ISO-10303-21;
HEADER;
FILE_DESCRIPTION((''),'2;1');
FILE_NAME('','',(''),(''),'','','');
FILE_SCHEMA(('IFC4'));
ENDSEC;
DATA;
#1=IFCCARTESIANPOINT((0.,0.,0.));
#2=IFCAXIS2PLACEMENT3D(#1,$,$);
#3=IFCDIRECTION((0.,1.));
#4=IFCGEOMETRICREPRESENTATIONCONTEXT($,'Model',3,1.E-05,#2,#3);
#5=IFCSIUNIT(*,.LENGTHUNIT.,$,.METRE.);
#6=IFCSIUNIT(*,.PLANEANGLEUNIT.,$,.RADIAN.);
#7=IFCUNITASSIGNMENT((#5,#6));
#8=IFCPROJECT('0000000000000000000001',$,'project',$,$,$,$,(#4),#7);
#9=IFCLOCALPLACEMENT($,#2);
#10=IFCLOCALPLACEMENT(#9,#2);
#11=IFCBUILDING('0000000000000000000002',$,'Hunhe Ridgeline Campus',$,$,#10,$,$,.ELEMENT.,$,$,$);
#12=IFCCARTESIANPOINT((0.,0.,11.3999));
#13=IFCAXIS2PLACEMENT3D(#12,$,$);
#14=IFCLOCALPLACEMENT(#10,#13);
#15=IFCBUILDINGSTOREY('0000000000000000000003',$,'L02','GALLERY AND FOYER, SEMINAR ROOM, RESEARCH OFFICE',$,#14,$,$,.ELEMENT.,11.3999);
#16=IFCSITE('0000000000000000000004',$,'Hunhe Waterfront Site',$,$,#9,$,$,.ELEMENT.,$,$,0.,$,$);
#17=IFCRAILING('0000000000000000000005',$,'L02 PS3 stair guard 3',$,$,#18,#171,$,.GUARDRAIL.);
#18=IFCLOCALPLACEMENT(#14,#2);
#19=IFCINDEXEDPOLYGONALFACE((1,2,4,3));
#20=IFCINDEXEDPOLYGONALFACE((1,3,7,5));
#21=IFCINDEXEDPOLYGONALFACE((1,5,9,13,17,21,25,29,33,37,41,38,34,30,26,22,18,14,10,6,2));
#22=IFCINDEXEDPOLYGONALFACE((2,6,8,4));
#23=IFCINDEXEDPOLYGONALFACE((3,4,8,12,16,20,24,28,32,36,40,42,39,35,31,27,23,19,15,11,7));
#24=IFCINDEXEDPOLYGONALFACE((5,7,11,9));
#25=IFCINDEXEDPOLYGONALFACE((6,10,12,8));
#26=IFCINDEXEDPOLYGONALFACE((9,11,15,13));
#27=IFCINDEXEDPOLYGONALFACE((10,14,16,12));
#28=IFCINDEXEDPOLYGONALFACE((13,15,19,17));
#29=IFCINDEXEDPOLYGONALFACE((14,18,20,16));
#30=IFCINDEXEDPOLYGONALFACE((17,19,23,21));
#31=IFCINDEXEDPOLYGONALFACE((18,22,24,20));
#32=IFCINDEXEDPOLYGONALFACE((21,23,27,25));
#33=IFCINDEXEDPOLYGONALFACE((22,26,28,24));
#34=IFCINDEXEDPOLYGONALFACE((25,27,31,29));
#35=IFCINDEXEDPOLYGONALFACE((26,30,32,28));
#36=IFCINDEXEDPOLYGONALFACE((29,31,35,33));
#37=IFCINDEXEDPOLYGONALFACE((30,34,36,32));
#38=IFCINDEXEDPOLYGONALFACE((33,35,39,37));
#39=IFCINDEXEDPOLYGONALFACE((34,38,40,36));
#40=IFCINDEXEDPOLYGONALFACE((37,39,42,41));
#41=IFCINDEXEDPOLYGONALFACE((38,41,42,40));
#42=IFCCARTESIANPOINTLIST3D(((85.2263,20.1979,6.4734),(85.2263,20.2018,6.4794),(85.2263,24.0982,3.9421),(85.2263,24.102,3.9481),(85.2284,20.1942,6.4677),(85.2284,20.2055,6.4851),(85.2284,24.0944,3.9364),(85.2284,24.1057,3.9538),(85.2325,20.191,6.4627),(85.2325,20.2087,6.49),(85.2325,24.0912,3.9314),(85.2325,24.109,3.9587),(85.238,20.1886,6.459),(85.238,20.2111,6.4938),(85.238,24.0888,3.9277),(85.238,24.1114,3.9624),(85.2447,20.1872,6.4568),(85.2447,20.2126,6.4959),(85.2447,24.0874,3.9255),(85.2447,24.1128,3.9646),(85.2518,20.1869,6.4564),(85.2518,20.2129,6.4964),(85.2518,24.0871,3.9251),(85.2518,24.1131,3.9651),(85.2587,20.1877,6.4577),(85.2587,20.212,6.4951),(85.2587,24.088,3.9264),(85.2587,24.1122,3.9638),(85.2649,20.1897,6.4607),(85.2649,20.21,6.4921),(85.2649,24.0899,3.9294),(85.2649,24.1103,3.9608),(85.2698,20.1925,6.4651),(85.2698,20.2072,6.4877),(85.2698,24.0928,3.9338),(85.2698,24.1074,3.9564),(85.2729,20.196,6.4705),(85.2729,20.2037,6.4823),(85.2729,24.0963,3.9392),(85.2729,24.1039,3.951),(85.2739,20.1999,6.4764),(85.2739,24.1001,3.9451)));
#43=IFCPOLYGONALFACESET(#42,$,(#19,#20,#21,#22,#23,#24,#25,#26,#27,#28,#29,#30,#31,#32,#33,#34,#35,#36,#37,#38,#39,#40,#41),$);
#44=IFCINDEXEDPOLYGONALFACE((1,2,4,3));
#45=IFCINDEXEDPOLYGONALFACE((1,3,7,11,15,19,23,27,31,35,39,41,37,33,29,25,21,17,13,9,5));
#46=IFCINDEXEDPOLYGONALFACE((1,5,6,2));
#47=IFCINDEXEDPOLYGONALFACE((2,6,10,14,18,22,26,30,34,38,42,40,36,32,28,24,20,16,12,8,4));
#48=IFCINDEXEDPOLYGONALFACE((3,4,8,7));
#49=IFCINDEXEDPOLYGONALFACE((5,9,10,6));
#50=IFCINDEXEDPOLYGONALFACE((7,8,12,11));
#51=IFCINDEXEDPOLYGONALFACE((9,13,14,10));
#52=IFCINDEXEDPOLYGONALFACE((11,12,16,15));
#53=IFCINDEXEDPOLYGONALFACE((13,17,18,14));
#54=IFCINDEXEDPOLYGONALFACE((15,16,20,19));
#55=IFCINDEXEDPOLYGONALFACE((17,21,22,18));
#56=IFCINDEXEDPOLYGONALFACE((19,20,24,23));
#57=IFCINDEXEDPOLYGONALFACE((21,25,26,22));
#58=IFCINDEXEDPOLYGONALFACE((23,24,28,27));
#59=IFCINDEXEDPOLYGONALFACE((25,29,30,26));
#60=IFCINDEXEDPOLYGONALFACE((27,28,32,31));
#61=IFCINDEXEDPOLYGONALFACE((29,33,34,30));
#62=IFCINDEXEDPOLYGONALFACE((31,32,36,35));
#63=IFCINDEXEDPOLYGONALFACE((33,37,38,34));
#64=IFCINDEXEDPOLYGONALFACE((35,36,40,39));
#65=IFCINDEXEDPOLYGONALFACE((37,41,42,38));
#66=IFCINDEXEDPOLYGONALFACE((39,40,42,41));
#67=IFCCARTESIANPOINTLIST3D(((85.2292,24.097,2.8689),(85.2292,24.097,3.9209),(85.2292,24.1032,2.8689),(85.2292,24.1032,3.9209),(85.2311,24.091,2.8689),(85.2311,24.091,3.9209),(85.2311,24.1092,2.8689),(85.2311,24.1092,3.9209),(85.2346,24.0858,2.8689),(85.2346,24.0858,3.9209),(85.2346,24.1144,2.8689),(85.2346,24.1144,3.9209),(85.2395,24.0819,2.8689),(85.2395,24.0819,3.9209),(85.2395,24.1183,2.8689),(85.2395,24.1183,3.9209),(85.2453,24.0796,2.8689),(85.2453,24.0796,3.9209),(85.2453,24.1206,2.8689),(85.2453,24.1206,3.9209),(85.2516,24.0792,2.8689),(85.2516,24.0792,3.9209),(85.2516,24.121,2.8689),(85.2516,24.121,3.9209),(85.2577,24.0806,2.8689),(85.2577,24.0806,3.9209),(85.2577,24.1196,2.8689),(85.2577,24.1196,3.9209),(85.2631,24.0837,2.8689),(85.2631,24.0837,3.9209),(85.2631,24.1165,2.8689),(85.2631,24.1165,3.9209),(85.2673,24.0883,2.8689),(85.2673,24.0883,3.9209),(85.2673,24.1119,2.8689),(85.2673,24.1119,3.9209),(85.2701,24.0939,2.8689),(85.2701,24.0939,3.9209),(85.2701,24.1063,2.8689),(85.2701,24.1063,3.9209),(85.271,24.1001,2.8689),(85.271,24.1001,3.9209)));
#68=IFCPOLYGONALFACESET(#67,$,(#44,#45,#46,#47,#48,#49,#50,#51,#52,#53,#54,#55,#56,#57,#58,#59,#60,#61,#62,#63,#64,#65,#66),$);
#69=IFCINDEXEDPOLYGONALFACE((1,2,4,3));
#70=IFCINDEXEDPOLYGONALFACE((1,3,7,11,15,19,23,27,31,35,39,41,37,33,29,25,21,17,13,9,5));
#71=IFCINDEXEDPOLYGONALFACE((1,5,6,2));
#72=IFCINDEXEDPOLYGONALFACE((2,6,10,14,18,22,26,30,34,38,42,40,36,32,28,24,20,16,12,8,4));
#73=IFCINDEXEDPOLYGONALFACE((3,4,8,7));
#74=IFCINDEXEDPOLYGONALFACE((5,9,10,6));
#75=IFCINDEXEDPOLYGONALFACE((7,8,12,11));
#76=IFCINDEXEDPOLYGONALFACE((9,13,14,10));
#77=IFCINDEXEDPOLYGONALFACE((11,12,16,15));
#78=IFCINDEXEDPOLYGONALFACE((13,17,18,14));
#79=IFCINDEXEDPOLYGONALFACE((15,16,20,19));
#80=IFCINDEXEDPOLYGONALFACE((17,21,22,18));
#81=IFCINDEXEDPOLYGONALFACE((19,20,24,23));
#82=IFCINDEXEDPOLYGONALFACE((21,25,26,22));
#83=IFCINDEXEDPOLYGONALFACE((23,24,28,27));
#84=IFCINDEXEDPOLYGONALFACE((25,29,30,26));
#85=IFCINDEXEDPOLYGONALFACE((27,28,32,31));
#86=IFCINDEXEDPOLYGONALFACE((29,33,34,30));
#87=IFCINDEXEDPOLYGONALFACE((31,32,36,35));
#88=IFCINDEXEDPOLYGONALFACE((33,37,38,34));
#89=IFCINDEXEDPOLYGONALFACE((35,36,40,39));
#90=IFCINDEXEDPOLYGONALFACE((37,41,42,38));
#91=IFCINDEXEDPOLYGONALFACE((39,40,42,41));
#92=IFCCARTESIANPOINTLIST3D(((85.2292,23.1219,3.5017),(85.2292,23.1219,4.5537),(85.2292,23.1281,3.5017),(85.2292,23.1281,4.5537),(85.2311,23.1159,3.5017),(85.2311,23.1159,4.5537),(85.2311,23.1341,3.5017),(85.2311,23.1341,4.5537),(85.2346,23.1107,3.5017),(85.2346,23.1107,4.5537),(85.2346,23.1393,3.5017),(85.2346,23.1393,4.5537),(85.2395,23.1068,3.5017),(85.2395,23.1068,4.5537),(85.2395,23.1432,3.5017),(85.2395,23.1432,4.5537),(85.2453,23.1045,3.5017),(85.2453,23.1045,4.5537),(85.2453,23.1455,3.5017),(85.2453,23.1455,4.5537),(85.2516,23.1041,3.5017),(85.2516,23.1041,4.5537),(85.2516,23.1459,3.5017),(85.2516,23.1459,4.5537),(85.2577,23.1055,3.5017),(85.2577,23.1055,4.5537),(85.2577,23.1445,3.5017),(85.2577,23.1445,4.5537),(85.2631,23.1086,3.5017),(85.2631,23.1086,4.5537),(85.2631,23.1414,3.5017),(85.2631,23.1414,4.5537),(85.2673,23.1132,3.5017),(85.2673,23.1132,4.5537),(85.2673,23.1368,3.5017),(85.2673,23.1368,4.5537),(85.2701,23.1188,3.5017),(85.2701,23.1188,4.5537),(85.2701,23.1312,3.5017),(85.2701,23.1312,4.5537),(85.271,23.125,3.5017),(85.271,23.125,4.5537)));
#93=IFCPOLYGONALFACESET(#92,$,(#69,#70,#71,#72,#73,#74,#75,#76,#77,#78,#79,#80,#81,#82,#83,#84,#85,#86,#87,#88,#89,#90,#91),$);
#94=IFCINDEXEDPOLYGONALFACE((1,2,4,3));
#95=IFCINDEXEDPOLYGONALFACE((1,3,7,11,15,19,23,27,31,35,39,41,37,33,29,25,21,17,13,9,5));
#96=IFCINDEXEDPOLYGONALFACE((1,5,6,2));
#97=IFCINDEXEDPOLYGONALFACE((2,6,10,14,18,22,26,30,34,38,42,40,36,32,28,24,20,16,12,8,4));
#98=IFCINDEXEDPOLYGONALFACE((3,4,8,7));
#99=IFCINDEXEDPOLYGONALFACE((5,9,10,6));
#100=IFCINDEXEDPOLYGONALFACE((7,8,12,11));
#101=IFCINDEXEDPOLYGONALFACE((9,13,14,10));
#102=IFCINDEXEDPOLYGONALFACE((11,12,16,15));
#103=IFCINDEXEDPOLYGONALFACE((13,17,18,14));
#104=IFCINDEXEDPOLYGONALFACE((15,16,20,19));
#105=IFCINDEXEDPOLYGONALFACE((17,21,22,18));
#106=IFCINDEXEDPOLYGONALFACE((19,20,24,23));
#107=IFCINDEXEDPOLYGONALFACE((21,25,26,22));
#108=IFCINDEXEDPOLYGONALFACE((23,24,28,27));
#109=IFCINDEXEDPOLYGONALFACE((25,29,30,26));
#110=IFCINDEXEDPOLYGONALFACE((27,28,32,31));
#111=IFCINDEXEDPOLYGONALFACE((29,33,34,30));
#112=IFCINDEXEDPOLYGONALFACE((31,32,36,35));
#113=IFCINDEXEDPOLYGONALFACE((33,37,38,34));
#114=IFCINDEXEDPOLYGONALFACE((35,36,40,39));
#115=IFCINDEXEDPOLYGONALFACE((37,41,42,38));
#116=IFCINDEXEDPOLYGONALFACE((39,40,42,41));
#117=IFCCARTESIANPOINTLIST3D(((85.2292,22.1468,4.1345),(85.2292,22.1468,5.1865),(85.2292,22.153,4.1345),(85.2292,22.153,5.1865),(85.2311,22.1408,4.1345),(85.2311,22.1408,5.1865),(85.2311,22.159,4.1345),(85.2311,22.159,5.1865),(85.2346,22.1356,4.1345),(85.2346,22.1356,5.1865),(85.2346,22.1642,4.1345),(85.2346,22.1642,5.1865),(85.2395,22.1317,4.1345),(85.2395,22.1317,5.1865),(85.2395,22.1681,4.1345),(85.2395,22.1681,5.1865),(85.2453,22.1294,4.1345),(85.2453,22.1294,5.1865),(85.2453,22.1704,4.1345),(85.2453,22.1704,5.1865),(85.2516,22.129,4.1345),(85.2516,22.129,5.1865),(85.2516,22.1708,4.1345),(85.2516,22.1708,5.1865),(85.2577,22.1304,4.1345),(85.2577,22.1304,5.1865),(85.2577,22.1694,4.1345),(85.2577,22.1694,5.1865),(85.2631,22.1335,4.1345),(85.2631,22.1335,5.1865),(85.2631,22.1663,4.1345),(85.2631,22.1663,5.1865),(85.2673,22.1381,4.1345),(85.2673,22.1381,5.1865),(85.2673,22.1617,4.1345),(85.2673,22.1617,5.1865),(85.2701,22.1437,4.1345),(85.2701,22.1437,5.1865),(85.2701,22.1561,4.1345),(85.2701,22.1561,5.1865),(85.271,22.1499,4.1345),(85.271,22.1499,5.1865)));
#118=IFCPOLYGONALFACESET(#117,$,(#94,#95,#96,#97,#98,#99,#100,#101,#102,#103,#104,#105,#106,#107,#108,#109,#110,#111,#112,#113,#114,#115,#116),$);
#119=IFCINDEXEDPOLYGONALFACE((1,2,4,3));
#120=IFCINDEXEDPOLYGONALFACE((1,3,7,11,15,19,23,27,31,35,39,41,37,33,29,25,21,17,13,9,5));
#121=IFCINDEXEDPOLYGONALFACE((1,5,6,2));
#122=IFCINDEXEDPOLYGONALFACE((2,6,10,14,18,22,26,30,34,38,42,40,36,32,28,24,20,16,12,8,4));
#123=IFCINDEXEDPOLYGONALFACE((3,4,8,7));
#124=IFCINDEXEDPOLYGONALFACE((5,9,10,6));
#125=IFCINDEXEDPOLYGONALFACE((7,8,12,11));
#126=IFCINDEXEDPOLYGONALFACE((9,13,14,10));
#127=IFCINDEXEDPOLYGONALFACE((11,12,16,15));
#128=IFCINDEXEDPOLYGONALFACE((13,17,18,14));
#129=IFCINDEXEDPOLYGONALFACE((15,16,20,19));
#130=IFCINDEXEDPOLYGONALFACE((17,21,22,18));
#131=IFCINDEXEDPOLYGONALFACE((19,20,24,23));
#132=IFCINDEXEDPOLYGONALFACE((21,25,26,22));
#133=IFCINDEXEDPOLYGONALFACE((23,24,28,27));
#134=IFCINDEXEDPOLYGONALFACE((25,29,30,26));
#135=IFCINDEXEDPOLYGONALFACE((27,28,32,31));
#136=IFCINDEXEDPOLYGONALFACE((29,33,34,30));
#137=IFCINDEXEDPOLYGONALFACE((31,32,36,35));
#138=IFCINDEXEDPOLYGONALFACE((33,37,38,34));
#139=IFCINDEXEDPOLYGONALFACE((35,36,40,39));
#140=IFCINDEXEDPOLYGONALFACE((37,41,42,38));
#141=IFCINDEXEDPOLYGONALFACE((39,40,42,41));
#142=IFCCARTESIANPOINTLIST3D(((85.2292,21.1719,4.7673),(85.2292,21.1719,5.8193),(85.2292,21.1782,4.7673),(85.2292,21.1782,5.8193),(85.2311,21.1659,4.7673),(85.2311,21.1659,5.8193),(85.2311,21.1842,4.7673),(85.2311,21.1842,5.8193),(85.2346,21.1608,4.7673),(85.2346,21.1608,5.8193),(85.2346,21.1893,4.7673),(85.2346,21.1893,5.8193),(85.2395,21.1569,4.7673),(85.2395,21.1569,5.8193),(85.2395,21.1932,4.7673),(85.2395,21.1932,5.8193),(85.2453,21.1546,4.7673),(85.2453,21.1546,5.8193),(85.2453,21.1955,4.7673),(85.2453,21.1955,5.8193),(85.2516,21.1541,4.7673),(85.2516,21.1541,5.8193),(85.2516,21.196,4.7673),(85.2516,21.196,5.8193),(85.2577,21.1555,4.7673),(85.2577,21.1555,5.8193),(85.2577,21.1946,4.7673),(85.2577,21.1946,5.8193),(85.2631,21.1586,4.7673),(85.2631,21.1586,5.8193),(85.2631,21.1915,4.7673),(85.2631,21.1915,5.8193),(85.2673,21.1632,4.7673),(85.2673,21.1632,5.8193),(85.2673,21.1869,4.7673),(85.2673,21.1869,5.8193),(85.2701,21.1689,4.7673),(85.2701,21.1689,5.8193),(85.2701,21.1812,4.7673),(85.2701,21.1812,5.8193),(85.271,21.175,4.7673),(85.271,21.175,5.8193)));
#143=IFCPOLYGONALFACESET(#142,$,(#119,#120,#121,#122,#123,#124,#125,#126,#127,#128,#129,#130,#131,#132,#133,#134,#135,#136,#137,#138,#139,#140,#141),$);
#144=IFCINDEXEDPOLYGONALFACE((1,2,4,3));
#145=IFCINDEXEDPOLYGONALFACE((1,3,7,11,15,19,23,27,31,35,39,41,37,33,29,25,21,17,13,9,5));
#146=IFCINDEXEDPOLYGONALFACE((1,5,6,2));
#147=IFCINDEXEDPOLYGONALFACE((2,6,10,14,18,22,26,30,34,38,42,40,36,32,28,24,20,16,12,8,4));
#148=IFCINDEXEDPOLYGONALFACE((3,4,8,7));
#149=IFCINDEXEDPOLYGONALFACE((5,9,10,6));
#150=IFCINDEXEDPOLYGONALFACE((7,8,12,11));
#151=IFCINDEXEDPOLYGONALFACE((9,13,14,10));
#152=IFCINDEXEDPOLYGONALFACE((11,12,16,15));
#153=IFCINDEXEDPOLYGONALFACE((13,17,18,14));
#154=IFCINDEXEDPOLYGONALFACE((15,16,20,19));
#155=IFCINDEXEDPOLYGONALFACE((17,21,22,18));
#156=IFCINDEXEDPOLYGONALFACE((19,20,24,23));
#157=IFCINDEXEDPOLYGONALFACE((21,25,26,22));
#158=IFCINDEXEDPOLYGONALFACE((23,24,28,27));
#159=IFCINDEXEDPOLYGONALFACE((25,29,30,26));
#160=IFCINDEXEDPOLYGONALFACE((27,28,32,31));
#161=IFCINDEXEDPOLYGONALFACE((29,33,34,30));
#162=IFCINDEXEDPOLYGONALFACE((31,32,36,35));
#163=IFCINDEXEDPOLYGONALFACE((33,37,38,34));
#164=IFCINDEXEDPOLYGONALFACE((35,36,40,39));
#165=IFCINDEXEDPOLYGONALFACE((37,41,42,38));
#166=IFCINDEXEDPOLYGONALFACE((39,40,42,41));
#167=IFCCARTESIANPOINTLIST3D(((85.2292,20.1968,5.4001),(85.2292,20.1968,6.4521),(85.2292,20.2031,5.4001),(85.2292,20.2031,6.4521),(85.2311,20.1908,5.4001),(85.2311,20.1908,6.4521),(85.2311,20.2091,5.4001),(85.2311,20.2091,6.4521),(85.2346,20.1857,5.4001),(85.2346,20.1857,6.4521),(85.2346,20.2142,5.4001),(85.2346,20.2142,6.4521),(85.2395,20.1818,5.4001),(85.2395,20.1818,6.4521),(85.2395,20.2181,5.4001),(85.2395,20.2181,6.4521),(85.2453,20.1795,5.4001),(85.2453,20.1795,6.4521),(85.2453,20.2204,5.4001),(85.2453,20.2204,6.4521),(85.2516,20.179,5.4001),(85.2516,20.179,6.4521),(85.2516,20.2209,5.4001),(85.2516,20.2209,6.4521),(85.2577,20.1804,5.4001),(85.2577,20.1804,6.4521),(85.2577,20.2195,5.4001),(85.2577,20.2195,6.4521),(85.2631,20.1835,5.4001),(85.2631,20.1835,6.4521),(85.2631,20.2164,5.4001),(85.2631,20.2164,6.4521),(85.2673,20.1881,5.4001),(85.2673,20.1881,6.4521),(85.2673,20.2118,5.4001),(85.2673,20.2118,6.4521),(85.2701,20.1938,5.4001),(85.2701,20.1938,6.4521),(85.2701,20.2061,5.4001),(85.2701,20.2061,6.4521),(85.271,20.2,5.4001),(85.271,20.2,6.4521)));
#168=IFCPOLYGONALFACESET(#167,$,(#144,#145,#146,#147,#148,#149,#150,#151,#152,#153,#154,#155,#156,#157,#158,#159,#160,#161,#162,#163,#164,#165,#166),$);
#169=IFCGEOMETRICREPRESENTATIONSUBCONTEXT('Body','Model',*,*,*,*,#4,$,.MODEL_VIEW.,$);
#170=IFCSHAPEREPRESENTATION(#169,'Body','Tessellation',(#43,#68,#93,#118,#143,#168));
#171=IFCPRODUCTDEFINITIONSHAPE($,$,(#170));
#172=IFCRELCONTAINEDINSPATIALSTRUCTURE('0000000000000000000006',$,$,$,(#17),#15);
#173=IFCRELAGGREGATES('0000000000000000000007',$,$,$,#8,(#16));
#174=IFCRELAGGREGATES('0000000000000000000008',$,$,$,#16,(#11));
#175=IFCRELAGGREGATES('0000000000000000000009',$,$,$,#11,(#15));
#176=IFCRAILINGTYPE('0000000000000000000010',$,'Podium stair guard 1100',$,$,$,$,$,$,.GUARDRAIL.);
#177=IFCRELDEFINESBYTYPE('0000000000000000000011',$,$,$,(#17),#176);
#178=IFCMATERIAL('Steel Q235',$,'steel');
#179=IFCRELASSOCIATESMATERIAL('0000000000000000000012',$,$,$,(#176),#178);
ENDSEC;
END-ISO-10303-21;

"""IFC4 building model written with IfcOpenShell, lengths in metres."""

from ifc_helpers import new_model, si_unit, direction, frame, origin, origin_2d, place, context, subcontext, project, spatial, circle, extrude, material, type_object, element, save


model = new_model("IFC4")

# Units and contexts
model_context = context("Model", 3, precision=1e-05, world=origin(), true_north=direction((0.0, 1.0)))
body_context = subcontext(model_context, "Body", "Model", "MODEL_VIEW")
ifc_project = project(units=[si_unit("LENGTHUNIT", "METRE"), si_unit("PLANEANGLEUNIT", "RADIAN")], contexts=[model_context])

# Site, building, storey
site_placement = place(None, origin())
site = spatial("IfcSite", under=ifc_project, at=site_placement, Name="Hunhe Waterfront Site", CompositionType="ELEMENT", RefElevation=0.0)
building_placement = place(site_placement, origin())
building = spatial("IfcBuilding", under=site, at=building_placement, Name="Hunhe Ridgeline Campus", CompositionType="ELEMENT")
storey_placement = place(building_placement, frame((0.0, 0.0, 11.3999)))
storey = spatial("IfcBuildingStorey", under=building, at=storey_placement, Name="L02", Description="GALLERY AND FOYER, SEMINAR ROOM, RESEARCH OFFICE", CompositionType="ELEMENT", Elevation=11.3999)

# Shared definitions
ifc_material_1 = material(Name="Steel Q235", Category="steel")

# Railing
railing_type = type_object("IfcRailingType", Name="Podium stair guard 1100", PredefinedType="GUARDRAIL", material=ifc_material_1)
railing_1_placement = place(storey_placement, frame((85.25, 24.1001, 2.8689)))
element("IfcRailing", 1, at=railing_1_placement, inside=storey, type_object=railing_type, Name="L02 PS3 stair guard 3", PredefinedType="GUARDRAIL", context=body_context, shape_type="SweptSolid", body=[
    extrude(circle(Radius=0.0239, at=origin_2d()), frame((0.0, 0.0, 1.0762), z_axis=(0.0, -0.838821, 0.544407), x_axis=(1.0, 0.0, 0.0)), (0.0, 0.0, 1.0), 4.6497),
    extrude(circle(Radius=0.021, at=origin_2d()), origin(), (0.0, 0.0, 1.0), 1.052),
    extrude(circle(Radius=0.021, at=origin_2d()), frame((0.0, -0.9751, 0.6328)), (0.0, 0.0, 1.0), 1.052),
    extrude(circle(Radius=0.021, at=origin_2d()), frame((0.0, -1.9502, 1.2656)), (0.0, 0.0, 1.0), 1.052),
    extrude(circle(Radius=0.021, at=origin_2d()), frame((0.0, -2.925, 1.8984)), (0.0, 0.0, 1.0), 1.052),
    extrude(circle(Radius=0.021, at=origin_2d()), frame((0.0, -3.9001, 2.5312)), (0.0, 0.0, 1.0), 1.052),
])

save(model, "model.ifc")
